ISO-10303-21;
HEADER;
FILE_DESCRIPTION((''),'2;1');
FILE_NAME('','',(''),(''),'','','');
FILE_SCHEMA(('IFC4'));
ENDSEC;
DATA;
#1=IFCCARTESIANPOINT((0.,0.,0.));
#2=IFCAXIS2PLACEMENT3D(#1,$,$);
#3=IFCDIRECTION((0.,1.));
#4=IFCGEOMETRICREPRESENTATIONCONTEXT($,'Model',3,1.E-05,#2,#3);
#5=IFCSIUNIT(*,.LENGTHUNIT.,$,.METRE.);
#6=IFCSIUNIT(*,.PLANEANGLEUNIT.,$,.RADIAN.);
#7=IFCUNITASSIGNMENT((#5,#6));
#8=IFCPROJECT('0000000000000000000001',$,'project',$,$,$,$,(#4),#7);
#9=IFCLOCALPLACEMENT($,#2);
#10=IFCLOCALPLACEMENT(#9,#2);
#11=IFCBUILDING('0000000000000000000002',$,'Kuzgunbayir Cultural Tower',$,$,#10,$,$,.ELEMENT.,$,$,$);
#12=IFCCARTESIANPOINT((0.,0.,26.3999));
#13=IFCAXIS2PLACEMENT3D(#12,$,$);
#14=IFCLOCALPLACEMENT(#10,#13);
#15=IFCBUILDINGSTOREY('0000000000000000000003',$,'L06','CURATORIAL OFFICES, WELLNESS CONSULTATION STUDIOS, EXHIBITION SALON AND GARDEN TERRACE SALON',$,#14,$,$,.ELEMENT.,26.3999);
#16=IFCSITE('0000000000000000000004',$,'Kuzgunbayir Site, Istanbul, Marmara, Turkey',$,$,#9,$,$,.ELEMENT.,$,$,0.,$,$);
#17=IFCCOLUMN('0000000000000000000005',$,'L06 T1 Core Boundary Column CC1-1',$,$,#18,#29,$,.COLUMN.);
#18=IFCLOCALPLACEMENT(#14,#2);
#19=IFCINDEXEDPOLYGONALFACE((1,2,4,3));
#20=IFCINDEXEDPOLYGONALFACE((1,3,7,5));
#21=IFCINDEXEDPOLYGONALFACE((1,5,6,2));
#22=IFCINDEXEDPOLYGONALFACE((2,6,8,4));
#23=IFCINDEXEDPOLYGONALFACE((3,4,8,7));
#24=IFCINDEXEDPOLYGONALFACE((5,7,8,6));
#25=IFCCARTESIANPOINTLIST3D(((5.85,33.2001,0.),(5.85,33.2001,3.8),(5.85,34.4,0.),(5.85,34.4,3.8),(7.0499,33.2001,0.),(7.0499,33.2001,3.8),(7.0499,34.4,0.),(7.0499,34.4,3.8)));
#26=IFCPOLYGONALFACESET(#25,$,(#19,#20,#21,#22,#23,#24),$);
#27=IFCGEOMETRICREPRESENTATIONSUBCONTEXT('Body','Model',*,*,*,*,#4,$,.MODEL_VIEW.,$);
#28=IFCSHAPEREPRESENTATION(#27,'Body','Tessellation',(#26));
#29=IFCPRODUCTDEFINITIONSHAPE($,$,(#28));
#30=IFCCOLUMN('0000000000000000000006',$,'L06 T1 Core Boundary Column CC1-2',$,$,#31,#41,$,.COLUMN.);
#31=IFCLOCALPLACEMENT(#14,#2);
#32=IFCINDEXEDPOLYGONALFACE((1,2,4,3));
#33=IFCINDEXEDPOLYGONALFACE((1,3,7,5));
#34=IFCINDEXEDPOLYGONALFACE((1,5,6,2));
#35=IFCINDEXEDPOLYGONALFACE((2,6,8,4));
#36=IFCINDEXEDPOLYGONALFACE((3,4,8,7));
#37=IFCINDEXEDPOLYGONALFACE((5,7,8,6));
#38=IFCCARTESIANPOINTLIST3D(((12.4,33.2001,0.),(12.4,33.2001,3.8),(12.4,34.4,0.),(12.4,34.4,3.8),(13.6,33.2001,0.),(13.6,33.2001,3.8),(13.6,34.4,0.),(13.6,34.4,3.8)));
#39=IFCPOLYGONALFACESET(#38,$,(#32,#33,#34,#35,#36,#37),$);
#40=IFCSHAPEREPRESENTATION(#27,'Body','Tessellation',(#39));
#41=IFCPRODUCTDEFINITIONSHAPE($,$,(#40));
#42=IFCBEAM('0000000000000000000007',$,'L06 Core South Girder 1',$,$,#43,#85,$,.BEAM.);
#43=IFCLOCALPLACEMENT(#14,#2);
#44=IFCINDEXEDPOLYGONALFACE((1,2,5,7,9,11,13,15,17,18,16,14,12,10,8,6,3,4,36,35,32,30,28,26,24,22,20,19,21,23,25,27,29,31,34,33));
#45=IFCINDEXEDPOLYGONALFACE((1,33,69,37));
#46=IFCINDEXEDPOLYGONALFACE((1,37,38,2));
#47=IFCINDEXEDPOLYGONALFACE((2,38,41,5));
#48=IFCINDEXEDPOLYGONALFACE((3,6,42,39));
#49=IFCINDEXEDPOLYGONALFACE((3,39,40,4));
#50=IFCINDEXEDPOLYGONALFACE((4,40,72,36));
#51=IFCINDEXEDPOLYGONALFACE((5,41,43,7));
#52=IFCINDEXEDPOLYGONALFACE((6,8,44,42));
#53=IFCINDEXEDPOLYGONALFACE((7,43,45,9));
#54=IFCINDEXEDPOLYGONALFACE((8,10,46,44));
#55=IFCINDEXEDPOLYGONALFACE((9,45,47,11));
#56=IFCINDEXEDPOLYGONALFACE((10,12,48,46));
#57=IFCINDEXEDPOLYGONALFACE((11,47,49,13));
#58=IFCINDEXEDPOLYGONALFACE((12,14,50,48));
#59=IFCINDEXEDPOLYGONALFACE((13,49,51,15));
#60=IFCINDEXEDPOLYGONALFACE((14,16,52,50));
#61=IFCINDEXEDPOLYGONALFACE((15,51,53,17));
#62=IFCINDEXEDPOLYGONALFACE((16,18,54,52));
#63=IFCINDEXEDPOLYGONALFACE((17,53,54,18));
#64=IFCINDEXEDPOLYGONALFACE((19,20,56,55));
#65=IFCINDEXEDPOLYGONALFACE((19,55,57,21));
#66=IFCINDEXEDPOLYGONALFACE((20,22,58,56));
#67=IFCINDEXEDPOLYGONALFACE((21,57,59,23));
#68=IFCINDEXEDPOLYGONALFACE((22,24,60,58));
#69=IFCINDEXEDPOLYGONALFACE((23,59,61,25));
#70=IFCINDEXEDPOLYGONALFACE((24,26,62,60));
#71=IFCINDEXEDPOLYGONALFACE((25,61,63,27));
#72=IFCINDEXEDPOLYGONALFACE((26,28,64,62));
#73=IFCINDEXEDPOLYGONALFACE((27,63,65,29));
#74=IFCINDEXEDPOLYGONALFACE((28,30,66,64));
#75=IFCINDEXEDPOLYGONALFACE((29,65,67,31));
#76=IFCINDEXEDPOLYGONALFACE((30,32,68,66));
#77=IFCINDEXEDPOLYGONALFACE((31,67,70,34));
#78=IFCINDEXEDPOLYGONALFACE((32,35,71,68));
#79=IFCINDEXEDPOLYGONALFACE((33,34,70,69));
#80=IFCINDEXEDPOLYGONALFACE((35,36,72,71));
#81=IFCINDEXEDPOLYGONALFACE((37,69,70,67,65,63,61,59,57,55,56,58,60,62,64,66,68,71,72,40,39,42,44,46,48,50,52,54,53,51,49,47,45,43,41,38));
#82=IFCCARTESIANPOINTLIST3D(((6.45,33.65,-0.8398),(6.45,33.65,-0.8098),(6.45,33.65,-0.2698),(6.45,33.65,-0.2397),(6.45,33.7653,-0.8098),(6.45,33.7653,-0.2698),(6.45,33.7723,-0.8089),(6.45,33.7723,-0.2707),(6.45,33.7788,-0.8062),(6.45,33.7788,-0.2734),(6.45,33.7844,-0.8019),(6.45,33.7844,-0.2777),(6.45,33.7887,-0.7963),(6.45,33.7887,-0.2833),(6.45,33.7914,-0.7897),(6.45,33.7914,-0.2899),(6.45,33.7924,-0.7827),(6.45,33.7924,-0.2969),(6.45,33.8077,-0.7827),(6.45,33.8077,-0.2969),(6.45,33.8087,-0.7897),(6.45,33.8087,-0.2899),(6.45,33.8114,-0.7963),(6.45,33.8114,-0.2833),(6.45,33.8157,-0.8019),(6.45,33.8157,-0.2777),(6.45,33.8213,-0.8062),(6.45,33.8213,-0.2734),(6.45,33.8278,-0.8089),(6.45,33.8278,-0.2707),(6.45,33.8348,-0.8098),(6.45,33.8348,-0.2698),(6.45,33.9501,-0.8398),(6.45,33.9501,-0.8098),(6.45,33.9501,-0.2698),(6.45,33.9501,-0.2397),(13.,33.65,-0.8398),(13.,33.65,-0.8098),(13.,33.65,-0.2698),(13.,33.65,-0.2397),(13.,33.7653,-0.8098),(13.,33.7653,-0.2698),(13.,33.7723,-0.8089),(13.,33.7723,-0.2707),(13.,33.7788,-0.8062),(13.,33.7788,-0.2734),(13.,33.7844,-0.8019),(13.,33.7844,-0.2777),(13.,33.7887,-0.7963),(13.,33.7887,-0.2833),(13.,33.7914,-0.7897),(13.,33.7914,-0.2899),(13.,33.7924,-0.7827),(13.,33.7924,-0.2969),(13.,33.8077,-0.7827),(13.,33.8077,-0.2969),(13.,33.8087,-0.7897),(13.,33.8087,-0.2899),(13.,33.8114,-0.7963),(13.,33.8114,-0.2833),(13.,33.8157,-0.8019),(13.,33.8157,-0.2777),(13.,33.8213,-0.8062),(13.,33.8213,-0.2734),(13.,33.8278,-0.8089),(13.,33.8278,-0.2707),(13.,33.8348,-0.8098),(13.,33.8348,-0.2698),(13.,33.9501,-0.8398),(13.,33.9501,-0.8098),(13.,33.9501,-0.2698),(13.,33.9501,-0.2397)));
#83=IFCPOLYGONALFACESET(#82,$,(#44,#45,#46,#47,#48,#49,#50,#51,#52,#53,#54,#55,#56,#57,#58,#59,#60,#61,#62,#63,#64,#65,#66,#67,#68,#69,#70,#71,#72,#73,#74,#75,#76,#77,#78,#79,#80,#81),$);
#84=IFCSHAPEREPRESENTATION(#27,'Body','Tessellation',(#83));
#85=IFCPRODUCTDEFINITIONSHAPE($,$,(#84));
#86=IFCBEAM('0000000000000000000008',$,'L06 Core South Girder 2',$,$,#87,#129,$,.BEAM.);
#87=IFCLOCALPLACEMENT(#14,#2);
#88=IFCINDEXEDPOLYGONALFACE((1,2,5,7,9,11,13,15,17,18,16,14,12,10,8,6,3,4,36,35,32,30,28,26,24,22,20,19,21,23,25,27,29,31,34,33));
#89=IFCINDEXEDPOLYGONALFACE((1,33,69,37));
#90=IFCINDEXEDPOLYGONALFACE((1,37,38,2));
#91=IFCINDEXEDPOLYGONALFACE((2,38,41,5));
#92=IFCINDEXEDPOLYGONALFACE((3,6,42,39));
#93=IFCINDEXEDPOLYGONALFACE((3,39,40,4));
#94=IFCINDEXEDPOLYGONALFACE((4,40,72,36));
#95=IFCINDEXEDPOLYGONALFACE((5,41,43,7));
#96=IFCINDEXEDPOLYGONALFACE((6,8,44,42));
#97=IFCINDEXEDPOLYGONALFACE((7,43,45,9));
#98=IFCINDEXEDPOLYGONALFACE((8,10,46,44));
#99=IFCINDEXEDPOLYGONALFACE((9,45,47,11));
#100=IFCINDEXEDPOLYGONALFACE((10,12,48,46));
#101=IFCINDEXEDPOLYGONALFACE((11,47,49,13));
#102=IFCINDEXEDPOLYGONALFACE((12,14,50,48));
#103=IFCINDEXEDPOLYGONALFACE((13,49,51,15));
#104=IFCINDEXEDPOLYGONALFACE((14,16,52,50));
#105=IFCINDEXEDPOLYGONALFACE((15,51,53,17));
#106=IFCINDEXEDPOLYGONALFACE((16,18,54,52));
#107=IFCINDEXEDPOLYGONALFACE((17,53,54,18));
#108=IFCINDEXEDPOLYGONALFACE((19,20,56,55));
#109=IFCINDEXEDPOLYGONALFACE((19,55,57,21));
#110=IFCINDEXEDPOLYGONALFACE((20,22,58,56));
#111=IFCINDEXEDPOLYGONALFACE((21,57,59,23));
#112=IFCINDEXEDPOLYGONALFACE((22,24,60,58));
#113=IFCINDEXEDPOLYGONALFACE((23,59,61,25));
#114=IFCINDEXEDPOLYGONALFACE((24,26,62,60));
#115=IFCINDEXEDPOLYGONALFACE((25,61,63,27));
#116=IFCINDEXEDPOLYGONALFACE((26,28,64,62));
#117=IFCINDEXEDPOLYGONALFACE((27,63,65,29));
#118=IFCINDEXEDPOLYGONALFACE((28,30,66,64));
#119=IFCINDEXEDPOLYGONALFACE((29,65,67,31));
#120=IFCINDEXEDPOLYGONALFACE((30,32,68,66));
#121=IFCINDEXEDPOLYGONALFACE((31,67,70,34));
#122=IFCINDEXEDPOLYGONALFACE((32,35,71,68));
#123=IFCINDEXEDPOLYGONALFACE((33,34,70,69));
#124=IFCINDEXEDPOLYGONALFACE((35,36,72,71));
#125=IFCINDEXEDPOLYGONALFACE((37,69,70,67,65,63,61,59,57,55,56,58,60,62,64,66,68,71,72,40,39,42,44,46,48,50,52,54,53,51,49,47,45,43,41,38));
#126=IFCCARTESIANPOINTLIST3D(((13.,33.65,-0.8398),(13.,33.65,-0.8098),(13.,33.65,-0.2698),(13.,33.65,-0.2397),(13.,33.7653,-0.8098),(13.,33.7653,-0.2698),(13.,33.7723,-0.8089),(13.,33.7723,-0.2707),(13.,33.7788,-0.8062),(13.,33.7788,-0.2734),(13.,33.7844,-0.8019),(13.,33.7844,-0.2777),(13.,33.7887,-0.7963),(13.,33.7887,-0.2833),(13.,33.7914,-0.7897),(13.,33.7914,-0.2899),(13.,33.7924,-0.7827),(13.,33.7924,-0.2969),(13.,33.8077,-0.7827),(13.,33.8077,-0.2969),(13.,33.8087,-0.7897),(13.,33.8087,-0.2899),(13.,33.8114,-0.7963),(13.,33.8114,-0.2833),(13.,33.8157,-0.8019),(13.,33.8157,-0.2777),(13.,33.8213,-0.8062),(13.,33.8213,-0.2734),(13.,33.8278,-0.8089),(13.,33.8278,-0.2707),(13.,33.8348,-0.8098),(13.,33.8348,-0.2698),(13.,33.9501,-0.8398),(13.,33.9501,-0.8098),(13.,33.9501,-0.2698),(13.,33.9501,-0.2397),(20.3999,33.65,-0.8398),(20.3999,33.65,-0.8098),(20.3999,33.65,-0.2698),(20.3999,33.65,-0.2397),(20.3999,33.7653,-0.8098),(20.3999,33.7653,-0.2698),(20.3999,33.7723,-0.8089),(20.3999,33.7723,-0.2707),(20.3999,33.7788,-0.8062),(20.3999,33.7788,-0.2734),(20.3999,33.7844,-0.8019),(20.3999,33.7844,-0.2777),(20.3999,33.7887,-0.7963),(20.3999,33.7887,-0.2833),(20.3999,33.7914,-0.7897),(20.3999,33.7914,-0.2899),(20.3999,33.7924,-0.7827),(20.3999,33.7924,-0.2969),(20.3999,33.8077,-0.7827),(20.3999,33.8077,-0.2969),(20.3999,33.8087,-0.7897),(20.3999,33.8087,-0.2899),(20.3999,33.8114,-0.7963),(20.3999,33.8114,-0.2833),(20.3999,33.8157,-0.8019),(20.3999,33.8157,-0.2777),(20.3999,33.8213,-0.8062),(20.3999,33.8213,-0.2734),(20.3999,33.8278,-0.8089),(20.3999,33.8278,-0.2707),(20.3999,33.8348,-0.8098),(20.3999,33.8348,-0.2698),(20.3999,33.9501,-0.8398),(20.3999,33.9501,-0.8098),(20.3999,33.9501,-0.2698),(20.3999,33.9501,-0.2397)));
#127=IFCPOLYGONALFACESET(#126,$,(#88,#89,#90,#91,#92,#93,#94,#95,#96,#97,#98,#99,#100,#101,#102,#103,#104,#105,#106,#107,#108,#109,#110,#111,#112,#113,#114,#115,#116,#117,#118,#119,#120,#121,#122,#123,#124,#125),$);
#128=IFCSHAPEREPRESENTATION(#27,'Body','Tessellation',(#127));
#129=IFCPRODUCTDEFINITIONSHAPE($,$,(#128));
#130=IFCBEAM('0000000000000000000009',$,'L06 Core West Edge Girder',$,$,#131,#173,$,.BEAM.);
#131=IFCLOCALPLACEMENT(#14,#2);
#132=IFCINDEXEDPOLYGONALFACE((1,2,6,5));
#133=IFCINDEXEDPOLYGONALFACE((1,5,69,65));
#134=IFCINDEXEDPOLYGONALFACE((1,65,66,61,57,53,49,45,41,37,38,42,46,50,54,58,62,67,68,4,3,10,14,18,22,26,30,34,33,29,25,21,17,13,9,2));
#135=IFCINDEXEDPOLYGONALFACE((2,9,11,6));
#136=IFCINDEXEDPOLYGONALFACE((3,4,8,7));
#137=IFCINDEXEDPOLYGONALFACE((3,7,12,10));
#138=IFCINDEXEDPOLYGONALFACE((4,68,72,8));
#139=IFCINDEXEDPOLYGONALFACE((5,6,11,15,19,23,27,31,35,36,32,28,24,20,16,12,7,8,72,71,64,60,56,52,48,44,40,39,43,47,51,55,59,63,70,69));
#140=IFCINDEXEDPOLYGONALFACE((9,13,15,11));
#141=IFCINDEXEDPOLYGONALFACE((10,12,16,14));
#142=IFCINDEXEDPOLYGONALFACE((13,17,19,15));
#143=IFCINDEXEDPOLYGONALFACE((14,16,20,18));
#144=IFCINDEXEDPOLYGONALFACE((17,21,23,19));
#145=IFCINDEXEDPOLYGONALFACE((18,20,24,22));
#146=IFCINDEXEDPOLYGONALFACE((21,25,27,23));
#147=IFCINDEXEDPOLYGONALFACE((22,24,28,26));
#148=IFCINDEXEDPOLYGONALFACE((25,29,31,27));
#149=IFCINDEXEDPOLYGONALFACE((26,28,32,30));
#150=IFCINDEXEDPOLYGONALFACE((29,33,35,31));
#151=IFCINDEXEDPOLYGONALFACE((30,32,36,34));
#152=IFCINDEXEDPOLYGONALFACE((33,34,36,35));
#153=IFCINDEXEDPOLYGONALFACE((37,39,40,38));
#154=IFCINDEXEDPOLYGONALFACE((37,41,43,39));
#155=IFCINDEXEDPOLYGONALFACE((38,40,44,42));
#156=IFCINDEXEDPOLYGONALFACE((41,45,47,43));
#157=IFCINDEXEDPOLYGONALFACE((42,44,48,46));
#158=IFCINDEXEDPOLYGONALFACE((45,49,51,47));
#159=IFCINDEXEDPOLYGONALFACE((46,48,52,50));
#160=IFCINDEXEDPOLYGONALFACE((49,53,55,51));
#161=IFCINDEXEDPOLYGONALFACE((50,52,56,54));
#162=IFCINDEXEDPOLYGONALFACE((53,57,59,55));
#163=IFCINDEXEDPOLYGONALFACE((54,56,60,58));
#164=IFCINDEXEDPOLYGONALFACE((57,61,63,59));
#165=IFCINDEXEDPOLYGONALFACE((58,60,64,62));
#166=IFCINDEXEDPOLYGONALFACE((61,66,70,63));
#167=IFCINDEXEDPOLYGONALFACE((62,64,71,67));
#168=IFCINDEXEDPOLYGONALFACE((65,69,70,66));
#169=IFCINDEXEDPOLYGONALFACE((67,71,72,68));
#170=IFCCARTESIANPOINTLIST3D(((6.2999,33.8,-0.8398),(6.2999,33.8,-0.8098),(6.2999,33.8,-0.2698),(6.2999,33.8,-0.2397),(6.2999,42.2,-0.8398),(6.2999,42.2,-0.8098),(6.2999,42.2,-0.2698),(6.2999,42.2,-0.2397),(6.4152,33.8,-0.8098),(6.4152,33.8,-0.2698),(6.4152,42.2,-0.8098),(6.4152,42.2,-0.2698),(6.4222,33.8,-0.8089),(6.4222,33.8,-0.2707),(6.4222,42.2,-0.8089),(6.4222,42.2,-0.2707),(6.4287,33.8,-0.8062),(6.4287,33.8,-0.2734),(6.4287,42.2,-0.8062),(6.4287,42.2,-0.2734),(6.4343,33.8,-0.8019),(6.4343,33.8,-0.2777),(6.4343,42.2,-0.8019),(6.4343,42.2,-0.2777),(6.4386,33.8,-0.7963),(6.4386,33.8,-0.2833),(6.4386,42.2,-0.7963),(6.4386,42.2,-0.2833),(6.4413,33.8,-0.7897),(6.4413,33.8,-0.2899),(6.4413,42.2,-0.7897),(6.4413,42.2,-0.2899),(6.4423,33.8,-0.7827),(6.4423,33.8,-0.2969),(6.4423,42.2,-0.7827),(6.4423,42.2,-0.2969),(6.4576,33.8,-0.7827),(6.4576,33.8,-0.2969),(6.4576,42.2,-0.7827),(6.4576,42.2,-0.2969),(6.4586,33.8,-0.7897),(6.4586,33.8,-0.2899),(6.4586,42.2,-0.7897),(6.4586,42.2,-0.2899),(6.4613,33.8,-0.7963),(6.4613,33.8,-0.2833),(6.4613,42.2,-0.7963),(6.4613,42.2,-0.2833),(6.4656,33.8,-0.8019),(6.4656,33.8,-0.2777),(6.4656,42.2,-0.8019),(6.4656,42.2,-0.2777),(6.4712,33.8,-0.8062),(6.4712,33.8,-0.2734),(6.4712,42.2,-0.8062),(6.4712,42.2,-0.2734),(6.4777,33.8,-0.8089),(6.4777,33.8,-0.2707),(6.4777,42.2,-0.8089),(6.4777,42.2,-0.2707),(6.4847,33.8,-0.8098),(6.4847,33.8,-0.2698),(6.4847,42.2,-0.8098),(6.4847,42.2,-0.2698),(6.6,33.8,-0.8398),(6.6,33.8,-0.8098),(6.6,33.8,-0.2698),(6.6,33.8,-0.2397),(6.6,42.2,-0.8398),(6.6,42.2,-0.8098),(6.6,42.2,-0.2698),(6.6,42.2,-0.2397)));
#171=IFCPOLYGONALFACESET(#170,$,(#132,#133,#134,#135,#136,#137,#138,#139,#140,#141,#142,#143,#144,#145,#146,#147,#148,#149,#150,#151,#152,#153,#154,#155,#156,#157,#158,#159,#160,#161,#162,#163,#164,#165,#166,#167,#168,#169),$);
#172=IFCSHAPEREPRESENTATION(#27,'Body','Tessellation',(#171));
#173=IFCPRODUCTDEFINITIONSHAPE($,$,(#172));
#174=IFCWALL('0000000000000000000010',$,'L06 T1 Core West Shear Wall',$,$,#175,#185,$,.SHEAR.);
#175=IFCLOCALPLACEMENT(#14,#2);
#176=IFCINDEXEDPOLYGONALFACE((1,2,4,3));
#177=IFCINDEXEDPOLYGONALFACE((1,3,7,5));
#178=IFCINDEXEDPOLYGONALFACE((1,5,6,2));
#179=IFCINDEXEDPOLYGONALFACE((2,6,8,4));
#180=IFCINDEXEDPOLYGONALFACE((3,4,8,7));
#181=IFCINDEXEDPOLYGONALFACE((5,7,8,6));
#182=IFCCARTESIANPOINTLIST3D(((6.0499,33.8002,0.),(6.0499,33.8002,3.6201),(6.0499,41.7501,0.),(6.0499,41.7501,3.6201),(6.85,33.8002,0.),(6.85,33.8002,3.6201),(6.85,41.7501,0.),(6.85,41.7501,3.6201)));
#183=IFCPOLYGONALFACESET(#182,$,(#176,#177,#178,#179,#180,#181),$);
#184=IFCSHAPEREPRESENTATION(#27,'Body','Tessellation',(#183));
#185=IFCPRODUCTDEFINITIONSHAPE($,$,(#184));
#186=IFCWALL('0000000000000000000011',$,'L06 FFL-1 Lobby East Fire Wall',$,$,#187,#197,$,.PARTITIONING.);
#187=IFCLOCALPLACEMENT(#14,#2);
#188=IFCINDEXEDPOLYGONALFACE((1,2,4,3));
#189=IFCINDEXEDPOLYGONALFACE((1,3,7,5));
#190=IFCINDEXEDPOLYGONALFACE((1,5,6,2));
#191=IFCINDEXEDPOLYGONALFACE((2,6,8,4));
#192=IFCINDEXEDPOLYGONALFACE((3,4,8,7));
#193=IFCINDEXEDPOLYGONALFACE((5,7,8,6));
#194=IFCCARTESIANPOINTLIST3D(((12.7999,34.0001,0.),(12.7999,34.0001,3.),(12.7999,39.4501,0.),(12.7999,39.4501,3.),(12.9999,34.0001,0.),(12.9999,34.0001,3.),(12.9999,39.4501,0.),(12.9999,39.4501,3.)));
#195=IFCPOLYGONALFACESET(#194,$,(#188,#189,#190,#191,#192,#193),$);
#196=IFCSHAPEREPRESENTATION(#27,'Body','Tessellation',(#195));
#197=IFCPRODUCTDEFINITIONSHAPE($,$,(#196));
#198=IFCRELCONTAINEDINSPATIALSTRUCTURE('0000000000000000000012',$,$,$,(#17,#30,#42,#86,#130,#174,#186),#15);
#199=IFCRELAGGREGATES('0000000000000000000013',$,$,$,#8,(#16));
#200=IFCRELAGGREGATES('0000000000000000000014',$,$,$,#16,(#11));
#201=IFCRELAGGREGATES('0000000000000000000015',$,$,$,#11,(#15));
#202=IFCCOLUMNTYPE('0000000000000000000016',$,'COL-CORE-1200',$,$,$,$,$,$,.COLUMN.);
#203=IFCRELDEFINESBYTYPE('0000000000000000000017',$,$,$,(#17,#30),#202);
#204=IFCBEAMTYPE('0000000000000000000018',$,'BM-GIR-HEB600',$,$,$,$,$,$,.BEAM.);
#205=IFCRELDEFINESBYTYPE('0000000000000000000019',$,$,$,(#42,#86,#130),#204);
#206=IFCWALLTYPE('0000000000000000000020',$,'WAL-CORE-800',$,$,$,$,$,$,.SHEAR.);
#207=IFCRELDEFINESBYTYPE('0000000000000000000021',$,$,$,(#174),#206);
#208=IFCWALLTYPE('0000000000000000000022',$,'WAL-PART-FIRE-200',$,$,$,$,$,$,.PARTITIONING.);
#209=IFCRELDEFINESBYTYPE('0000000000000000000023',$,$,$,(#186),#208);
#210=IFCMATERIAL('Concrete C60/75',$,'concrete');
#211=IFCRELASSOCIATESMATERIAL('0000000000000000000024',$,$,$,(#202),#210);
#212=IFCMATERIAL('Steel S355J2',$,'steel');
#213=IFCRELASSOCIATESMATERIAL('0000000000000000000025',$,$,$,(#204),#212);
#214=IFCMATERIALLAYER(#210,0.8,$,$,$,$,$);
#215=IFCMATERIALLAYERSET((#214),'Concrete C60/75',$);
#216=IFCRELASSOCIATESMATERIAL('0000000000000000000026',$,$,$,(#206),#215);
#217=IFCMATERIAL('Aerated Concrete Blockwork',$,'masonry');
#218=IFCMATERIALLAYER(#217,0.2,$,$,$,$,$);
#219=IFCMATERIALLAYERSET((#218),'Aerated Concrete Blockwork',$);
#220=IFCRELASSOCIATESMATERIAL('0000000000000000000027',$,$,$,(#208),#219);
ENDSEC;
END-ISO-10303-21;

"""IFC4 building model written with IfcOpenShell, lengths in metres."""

from ifc_helpers import new_model, si_unit, direction, frame, frame_2d, origin, origin_2d, place, context, subcontext, project, spatial, rectangle, i_section, extrude, material, layer, layer_set, material_profile, profile_set, type_object, element, save


model = new_model("IFC4")

# Units and contexts
model_context = context("Model", 3, precision=1e-05, world=origin(), true_north=direction((0.0, 1.0)))
body_context = subcontext(model_context, "Body", "Model", "MODEL_VIEW")
ifc_project = project(units=[si_unit("LENGTHUNIT", "METRE"), si_unit("PLANEANGLEUNIT", "RADIAN")], contexts=[model_context])

# Site, building, storey
site_placement = place(None, origin())
site = spatial("IfcSite", under=ifc_project, at=site_placement, Name="Kuzgunbayir Site, Istanbul, Marmara, Turkey", CompositionType="ELEMENT", RefElevation=0.0)
building_placement = place(site_placement, origin())
building = spatial("IfcBuilding", under=site, at=building_placement, Name="Kuzgunbayir Cultural Tower", CompositionType="ELEMENT")
storey_placement = place(building_placement, frame((0.0, 0.0, 26.3999)))
storey = spatial("IfcBuildingStorey", under=building, at=storey_placement, Name="L06", Description="CURATORIAL OFFICES, WELLNESS CONSULTATION STUDIOS, EXHIBITION SALON AND GARDEN TERRACE SALON", CompositionType="ELEMENT", Elevation=26.3999)

# Columns
ifc_material_1 = material(Name="Concrete C60/75", Category="concrete")
ifc_material_profile_1 = material_profile(ifc_material_1, rectangle(XDim=1.2, YDim=1.2, at=origin_2d()), Name="RC 1200x1200")
ifc_profile_set_1 = profile_set([ifc_material_profile_1], Name="Concrete C60/75")
column_type = type_object("IfcColumnType", Name="COL-CORE-1200", PredefinedType="COLUMN", material=ifc_profile_set_1)
for number, where, z_axis, x_axis, name in (
    (1, (6.45, 33.8, 0.0), (0.0, 0.0, 1.0), (1.0, 0.0, 0.0), "L06 T1 Core Boundary Column CC1-1"),
    (2, (13.0, 33.8, 0.0), (0.0, 0.0, 1.0), (1.0, 0.0, 0.0), "L06 T1 Core Boundary Column CC1-2"),
):
    element("IfcColumn", number, at=place(storey_placement, frame(where, z_axis=z_axis, x_axis=x_axis)), inside=storey, type_object=column_type, Name=name, PredefinedType="COLUMN", context=body_context, shape_type="SweptSolid", body=[
        extrude(rectangle(XDim=1.2, YDim=1.2, at=origin_2d()), origin(), (0.0, 0.0, 1.0), 3.8),
    ])

# Beams
ifc_material_2 = material(Name="Steel S355J2", Category="steel")
ifc_material_profile_2 = material_profile(ifc_material_2, i_section(OverallWidth=0.3, OverallDepth=0.6001, WebThickness=0.0154, FlangeThickness=0.03, FilletRadius=0.0271, at=origin_2d()), Name="HEB 600")
ifc_profile_set_2 = profile_set([ifc_material_profile_2], Name="Steel S355J2")
beam_type = type_object("IfcBeamType", Name="BM-GIR-HEB600", PredefinedType="BEAM", material=ifc_profile_set_2)
beam_1_placement = place(storey_placement, frame((6.45, 33.8, -0.5398), z_axis=(1.0, 0.0, 0.0), x_axis=(0.0, 1.0, 0.0)))
element("IfcBeam", 3, at=beam_1_placement, inside=storey, type_object=beam_type, Name="L06 Core South Girder 1", PredefinedType="BEAM", context=body_context, shape_type="SweptSolid", body=[
    extrude(i_section(OverallWidth=0.3, OverallDepth=0.6001, WebThickness=0.0154, FlangeThickness=0.03, FilletRadius=0.0271, at=origin_2d()), origin(), (0.0, 0.0, 1.0), 6.55),
])
beam_2_placement = place(storey_placement, frame((13.0, 33.8, -0.5398), z_axis=(1.0, 0.0, 0.0), x_axis=(0.0, 1.0, 0.0)))
element("IfcBeam", 4, at=beam_2_placement, inside=storey, type_object=beam_type, Name="L06 Core South Girder 2", PredefinedType="BEAM", context=body_context, shape_type="SweptSolid", body=[
    extrude(i_section(OverallWidth=0.3, OverallDepth=0.6001, WebThickness=0.0154, FlangeThickness=0.03, FilletRadius=0.0271, at=origin_2d()), origin(), (0.0, 0.0, 1.0), 7.3999),
])
beam_3_placement = place(storey_placement, frame((6.45, 33.8, -0.5398), z_axis=(0.0, 1.0, 0.0), x_axis=(-1.0, 0.0, 0.0)))
element("IfcBeam", 5, at=beam_3_placement, inside=storey, type_object=beam_type, Name="L06 Core West Edge Girder", PredefinedType="BEAM", context=body_context, shape_type="SweptSolid", body=[
    extrude(i_section(OverallWidth=0.3, OverallDepth=0.6001, WebThickness=0.0154, FlangeThickness=0.03, FilletRadius=0.0271, at=origin_2d()), origin(), (0.0, 0.0, 1.0), 8.3999),
])

# Walls
ifc_layer_1 = layer(ifc_material_1, 0.8)
ifc_layer_set_1 = layer_set([ifc_layer_1], Name="Concrete C60/75")
wall_type_1 = type_object("IfcWallType", Name="WAL-CORE-800", PredefinedType="SHEAR", material=ifc_layer_set_1)
wall_1_placement = place(storey_placement, frame((6.45, 33.8, 0.0), z_axis=(0.0, 0.0, 1.0), x_axis=(0.0, 1.0, 0.0)))
element("IfcWall", 6, at=wall_1_placement, inside=storey, type_object=wall_type_1, Name="L06 T1 Core West Shear Wall", PredefinedType="SHEAR", context=body_context, shape_type="SweptSolid", body=[
    extrude(rectangle(XDim=7.95, YDim=0.8, at=frame_2d((3.9751, 0.0))), origin(), (0.0, 0.0, 1.0), 3.6201),
])
ifc_material_3 = material(Name="Aerated Concrete Blockwork", Category="masonry")
ifc_layer_2 = layer(ifc_material_3, 0.2)
ifc_layer_set_2 = layer_set([ifc_layer_2], Name="Aerated Concrete Blockwork")
wall_type_2 = type_object("IfcWallType", Name="WAL-PART-FIRE-200", PredefinedType="PARTITIONING", material=ifc_layer_set_2)
wall_2_placement = place(storey_placement, frame((12.8999, 34.0, 0.0), z_axis=(0.0, 0.0, 1.0), x_axis=(0.0, 1.0, 0.0)))
element("IfcWall", 7, at=wall_2_placement, inside=storey, type_object=wall_type_2, Name="L06 FFL-1 Lobby East Fire Wall", PredefinedType="PARTITIONING", context=body_context, shape_type="SweptSolid", body=[
    extrude(rectangle(XDim=5.45, YDim=0.2, at=frame_2d((2.7251, 0.0))), origin(), (0.0, 0.0, 1.0), 3.0),
])

save(model, "model.ifc")
